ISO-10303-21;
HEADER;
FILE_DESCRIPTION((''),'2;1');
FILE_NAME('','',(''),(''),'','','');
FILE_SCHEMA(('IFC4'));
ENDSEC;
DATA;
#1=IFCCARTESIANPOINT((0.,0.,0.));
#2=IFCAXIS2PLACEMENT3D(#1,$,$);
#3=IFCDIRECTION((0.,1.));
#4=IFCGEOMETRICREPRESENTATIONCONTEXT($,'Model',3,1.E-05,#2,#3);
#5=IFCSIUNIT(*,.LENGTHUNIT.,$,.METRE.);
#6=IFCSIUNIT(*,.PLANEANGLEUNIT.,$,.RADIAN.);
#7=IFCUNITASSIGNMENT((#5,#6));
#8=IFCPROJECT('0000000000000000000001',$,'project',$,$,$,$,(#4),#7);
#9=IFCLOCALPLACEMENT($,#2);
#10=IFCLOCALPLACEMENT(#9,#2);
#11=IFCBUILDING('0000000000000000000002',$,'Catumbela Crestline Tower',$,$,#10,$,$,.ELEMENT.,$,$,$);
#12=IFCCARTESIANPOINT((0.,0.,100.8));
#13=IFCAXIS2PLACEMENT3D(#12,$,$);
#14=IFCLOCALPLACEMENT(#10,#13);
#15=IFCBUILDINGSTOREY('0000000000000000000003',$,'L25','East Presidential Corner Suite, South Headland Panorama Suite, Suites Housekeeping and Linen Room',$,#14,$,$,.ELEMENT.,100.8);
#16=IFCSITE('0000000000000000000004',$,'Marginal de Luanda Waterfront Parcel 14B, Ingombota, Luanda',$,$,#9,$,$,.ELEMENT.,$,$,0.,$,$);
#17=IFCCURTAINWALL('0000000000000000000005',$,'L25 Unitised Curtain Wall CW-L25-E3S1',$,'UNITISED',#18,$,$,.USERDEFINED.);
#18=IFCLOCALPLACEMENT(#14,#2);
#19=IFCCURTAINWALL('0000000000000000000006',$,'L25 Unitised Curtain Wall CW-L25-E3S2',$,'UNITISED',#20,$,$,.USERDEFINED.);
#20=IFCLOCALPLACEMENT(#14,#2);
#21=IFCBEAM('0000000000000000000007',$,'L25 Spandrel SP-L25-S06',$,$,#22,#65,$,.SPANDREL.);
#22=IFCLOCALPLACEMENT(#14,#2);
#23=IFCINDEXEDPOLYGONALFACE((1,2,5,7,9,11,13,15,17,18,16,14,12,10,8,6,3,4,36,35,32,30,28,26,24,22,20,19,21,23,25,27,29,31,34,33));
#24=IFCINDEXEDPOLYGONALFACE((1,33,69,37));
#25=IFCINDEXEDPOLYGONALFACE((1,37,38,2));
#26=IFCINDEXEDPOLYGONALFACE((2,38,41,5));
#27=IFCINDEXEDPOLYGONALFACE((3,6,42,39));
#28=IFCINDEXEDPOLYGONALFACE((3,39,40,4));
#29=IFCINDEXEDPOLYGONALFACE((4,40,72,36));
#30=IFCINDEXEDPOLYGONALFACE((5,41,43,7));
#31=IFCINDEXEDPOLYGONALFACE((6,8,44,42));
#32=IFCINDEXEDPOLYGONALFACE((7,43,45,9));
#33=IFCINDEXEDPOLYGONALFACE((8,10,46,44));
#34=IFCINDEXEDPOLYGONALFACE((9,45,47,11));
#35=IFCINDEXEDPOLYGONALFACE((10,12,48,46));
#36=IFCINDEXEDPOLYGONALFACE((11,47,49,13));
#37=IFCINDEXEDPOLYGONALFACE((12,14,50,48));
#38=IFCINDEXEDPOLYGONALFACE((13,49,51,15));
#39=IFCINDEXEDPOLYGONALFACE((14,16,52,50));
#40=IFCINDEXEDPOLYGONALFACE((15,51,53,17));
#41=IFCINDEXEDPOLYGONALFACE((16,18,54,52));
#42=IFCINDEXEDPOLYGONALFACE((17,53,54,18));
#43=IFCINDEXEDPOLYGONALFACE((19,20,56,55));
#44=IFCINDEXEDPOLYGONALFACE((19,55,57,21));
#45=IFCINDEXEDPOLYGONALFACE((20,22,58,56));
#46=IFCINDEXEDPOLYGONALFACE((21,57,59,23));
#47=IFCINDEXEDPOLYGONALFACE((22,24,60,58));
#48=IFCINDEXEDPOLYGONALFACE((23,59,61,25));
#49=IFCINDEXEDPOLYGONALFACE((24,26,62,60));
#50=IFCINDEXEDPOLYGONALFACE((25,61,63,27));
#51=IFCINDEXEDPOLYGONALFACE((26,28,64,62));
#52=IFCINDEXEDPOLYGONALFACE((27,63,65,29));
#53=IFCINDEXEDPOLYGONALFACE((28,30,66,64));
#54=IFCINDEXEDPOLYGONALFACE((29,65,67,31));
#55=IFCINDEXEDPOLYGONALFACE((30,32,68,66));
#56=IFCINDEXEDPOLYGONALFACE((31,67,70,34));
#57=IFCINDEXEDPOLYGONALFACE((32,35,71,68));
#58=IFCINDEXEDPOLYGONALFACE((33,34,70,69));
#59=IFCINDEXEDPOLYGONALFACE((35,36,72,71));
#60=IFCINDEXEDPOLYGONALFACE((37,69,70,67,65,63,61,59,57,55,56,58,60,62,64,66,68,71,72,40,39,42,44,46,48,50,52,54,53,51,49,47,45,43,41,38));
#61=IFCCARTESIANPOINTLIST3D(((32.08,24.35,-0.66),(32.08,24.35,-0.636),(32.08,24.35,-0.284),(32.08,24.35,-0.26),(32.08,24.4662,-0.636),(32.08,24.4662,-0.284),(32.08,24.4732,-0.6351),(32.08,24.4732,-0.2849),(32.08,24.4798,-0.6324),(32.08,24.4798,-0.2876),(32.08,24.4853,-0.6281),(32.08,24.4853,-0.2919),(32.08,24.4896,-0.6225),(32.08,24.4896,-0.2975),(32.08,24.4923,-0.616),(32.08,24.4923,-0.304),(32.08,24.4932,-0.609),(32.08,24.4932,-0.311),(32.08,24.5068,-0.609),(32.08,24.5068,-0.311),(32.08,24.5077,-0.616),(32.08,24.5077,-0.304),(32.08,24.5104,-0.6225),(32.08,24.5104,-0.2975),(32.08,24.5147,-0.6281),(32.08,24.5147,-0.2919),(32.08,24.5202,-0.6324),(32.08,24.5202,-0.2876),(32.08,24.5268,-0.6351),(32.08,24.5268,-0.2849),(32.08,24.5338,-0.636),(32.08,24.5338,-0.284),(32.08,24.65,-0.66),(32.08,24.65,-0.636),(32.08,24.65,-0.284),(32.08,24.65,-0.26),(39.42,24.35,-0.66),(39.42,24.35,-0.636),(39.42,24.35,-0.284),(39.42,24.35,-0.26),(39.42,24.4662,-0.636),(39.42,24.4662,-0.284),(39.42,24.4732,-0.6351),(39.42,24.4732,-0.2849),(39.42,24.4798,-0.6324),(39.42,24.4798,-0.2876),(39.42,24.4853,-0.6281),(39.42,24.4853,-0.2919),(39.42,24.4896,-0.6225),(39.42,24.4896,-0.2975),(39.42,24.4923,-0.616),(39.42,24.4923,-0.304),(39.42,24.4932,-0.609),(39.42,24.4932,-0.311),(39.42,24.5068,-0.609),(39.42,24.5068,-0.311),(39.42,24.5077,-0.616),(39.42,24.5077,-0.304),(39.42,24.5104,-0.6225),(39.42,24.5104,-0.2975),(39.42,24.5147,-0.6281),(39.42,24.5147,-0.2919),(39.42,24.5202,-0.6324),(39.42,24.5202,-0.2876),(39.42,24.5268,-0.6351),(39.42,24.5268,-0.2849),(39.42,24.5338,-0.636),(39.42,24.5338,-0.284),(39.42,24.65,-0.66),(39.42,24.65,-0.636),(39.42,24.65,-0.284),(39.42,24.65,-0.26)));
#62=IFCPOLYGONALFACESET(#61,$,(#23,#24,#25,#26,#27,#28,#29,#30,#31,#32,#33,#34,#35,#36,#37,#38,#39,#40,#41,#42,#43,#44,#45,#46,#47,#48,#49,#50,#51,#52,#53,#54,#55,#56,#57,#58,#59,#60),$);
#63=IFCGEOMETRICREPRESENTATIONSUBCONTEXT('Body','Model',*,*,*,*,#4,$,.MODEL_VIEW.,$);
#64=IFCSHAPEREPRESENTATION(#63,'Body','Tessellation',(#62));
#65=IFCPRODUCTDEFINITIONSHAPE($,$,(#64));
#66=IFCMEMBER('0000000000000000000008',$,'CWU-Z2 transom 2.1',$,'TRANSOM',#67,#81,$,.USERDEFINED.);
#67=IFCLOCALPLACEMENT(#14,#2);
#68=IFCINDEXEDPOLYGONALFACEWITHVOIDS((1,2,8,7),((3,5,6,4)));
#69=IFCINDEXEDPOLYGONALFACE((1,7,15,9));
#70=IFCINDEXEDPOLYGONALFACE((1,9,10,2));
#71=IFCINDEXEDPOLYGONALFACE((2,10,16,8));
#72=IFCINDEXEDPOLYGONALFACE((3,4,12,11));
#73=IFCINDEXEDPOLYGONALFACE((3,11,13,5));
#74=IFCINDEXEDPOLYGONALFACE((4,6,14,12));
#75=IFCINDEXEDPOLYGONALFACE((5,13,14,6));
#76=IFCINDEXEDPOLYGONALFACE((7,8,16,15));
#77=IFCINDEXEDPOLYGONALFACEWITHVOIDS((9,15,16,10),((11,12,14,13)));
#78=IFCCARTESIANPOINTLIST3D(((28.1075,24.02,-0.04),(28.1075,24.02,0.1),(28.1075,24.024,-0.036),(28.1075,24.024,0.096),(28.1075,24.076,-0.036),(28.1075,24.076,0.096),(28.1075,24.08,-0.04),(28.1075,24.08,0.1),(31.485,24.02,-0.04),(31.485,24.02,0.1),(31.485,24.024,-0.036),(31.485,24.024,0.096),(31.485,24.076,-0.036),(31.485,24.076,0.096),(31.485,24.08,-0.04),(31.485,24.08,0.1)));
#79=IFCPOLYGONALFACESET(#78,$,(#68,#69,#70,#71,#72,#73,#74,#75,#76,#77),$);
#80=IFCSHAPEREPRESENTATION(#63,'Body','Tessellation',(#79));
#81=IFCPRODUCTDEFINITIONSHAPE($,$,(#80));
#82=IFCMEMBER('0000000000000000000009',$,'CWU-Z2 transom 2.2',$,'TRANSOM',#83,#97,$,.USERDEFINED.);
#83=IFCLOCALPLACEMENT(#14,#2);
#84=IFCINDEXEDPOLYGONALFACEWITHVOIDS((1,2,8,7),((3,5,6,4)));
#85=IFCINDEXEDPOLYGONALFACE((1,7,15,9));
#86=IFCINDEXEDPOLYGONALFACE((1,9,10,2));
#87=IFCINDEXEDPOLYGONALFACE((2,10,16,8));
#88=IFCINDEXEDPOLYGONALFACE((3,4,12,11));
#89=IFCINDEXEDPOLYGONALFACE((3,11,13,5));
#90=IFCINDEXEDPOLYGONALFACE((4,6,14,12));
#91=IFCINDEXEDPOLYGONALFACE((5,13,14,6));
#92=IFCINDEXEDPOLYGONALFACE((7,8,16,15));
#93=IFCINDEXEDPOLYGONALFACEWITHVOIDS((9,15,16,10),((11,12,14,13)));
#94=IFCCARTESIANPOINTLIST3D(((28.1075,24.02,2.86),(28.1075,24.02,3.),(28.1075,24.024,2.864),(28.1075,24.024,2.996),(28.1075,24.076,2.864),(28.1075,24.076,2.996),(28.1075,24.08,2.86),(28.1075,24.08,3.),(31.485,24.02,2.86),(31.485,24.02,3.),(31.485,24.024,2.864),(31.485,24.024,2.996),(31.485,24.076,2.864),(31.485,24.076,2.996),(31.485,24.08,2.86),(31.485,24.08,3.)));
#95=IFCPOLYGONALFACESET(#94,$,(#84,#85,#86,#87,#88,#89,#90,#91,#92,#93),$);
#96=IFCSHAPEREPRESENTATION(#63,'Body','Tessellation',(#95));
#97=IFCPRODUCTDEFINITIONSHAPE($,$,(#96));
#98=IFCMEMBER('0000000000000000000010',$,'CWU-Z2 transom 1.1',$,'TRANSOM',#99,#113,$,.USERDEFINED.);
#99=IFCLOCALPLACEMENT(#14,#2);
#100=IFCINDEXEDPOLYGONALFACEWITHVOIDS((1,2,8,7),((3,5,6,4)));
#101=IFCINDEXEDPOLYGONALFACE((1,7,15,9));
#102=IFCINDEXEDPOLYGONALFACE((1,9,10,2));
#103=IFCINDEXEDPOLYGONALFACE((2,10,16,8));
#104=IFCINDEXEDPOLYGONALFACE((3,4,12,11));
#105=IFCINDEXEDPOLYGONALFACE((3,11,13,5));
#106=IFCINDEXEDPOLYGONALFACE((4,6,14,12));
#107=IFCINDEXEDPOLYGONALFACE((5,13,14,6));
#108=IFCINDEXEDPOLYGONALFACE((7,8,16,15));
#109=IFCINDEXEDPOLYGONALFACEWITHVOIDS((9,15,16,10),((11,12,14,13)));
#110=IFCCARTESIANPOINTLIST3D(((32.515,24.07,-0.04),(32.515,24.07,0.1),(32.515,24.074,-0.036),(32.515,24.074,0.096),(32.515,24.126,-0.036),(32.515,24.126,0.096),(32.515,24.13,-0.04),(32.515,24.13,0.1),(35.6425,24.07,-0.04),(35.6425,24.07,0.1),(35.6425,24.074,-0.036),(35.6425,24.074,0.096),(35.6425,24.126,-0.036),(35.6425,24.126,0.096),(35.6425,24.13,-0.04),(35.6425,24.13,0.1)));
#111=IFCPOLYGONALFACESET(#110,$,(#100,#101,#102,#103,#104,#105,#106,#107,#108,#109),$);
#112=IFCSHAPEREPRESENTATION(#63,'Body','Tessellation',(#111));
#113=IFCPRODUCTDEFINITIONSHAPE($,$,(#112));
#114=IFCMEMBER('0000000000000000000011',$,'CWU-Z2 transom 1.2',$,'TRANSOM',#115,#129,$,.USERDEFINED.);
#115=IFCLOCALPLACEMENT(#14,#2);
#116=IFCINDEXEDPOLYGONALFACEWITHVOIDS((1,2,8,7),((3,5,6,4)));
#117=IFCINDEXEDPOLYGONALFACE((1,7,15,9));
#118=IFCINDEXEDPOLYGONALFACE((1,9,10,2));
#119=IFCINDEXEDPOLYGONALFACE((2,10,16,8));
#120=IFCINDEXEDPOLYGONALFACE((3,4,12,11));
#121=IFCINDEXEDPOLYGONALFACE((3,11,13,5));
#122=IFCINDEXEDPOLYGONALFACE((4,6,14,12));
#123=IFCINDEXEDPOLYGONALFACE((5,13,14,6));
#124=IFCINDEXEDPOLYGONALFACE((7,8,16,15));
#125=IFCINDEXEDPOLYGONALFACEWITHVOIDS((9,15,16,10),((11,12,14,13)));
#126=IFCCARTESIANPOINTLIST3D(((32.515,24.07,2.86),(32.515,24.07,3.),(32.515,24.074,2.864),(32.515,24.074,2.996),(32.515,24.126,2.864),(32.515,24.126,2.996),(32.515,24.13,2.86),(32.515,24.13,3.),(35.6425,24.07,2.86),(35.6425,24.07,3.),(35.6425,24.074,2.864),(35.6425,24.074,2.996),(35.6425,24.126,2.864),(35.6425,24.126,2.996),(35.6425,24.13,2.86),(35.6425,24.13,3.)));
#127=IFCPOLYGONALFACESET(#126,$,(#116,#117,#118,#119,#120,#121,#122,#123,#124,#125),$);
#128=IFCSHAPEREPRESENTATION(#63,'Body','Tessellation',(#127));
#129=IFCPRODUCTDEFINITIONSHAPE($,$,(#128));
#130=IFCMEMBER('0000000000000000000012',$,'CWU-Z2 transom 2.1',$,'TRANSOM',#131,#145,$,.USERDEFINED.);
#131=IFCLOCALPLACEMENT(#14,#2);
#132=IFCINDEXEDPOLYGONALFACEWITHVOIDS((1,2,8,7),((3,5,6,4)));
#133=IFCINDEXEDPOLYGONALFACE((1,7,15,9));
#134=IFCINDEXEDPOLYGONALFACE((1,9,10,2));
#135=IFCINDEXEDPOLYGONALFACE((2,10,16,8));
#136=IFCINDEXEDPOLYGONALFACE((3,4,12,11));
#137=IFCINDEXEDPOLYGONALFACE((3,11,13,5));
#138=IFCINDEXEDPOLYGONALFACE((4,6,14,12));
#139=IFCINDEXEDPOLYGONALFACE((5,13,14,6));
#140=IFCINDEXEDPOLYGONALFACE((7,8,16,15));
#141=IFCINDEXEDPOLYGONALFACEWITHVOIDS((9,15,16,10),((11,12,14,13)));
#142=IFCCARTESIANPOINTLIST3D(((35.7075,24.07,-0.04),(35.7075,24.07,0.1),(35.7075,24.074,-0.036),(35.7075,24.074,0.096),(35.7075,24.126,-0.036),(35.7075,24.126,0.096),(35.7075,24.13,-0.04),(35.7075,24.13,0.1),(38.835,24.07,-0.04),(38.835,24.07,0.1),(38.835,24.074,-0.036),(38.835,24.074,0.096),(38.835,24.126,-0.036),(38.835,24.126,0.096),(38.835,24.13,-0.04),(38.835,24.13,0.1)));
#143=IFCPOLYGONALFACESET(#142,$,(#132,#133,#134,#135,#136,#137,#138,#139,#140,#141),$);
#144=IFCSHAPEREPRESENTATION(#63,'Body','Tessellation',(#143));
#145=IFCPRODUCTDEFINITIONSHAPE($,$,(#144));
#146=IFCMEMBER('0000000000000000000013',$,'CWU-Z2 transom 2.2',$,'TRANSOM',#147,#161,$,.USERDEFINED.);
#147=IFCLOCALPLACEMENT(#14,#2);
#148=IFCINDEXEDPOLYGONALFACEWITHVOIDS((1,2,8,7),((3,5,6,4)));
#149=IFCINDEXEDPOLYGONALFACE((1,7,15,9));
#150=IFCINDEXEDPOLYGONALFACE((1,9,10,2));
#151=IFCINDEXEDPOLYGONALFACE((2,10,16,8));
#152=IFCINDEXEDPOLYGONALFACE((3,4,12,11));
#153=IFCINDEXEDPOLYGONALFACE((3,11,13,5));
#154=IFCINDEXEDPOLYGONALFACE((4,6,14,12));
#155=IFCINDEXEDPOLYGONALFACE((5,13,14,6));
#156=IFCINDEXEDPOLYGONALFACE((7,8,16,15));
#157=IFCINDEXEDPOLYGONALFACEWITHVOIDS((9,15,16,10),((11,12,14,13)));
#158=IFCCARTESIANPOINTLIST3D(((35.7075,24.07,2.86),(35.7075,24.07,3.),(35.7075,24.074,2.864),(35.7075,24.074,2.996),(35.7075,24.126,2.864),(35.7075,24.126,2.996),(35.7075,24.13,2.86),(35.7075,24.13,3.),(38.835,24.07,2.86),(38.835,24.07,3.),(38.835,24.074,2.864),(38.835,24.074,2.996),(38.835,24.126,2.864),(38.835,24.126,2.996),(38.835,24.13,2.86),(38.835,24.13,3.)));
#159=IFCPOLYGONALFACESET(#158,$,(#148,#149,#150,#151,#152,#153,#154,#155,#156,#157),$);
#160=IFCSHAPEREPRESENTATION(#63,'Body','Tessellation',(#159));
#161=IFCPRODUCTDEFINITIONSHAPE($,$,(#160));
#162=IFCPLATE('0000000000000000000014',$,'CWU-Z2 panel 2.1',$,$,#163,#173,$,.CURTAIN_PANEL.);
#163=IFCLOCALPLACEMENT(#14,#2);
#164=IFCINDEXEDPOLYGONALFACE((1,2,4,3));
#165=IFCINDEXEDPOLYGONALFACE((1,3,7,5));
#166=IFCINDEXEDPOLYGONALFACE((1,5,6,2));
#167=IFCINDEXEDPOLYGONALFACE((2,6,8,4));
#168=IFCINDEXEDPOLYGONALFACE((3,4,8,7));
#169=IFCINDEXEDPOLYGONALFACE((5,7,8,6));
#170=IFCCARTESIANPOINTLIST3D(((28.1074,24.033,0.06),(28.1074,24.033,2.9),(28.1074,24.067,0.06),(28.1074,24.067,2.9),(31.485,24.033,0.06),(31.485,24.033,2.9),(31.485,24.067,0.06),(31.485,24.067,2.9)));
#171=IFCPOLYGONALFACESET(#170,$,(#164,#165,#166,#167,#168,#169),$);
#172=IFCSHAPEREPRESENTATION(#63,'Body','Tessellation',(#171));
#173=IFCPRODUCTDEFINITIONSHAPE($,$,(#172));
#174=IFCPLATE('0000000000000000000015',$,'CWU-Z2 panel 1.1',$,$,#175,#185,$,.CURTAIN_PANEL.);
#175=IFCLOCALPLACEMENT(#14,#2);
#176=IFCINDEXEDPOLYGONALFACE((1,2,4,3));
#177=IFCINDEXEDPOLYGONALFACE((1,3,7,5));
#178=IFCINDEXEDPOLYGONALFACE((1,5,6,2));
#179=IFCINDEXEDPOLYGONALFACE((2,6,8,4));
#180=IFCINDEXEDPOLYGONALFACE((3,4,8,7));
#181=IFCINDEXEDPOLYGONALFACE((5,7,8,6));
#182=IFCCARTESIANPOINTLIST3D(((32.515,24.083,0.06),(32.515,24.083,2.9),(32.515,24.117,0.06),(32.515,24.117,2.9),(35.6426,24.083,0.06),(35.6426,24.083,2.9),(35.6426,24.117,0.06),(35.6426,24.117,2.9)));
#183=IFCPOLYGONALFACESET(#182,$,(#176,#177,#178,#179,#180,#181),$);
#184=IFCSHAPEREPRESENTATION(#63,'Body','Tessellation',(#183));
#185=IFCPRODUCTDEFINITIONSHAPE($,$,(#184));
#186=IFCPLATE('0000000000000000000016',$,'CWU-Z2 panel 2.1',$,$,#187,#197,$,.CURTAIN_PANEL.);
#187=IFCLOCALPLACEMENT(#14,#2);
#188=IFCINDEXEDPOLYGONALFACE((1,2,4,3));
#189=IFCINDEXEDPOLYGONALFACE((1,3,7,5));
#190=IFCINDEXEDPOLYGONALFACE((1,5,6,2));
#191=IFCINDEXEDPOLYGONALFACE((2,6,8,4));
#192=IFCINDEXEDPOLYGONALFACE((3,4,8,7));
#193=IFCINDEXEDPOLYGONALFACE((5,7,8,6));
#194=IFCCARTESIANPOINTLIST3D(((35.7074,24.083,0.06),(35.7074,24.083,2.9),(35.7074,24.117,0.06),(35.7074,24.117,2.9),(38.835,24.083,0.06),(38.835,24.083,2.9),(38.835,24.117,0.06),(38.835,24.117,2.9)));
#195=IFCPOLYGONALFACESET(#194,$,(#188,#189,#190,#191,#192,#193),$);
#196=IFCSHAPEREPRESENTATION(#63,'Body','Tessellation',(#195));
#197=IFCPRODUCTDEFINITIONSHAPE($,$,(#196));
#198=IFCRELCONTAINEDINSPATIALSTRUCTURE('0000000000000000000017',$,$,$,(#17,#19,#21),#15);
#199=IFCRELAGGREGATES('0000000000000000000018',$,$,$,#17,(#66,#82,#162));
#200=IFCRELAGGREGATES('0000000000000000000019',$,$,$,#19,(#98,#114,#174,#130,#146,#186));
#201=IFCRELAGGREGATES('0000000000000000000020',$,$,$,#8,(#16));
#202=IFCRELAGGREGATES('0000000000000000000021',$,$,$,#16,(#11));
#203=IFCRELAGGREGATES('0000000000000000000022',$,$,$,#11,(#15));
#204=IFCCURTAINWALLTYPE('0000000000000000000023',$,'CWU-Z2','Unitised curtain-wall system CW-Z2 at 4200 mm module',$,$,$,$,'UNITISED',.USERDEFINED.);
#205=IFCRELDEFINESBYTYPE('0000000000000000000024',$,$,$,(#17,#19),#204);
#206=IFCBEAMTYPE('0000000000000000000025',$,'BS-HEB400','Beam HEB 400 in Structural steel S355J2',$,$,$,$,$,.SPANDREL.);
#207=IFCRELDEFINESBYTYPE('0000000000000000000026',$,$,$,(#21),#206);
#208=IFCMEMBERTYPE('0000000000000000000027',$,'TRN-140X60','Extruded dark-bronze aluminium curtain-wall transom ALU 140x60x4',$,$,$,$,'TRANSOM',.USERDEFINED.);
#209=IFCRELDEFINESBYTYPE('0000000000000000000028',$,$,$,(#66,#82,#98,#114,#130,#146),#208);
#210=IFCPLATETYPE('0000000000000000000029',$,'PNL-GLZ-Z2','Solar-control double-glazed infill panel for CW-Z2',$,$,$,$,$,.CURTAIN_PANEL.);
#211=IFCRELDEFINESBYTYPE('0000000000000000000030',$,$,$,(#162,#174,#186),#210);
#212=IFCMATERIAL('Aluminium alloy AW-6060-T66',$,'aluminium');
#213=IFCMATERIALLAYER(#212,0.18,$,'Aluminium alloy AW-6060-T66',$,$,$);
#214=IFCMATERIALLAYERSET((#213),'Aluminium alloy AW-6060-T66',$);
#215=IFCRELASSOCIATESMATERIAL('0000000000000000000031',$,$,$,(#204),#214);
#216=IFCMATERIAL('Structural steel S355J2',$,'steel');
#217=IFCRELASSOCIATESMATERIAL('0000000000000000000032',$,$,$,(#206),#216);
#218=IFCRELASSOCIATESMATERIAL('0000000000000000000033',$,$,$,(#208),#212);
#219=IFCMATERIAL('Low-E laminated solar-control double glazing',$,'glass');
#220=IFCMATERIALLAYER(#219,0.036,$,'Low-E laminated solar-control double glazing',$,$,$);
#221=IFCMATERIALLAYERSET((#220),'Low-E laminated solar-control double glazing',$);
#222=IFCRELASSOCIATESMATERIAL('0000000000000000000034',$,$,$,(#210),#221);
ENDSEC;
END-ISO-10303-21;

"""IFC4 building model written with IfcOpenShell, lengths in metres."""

from ifc_helpers import new_model, si_unit, direction, frame, origin, origin_2d, place, context, subcontext, project, spatial, rectangle, hollow_rectangle, i_section, extrude, material, layer, layer_set, material_profile, profile_set, type_object, element, aggregate, save


model = new_model("IFC4")

# Units and contexts
model_context = context("Model", 3, precision=1e-05, world=origin(), true_north=direction((0.0, 1.0)))
body_context = subcontext(model_context, "Body", "Model", "MODEL_VIEW")
ifc_project = project(units=[si_unit("LENGTHUNIT", "METRE"), si_unit("PLANEANGLEUNIT", "RADIAN")], contexts=[model_context])

# Site, building, storey
site_placement = place(None, origin())
site = spatial("IfcSite", under=ifc_project, at=site_placement, Name="Marginal de Luanda Waterfront Parcel 14B, Ingombota, Luanda", CompositionType="ELEMENT", RefElevation=0.0)
building_placement = place(site_placement, origin())
building = spatial("IfcBuilding", under=site, at=building_placement, Name="Catumbela Crestline Tower", CompositionType="ELEMENT")
storey_placement = place(building_placement, frame((0.0, 0.0, 100.8)))
storey = spatial("IfcBuildingStorey", under=building, at=storey_placement, Name="L25", Description="East Presidential Corner Suite, South Headland Panorama Suite, Suites Housekeeping and Linen Room", CompositionType="ELEMENT", Elevation=100.8)

# Shared definitions
ifc_material_1 = material(Name="Structural steel S355J2", Category="steel")

# Curtain wall
ifc_material_2 = material(Name="Aluminium alloy AW-6060-T66", Category="aluminium")
ifc_layer_1 = layer(ifc_material_2, 0.18, Name="Aluminium alloy AW-6060-T66")
ifc_layer_set_1 = layer_set([ifc_layer_1], Name="Aluminium alloy AW-6060-T66")
curtain_wall_type = type_object("IfcCurtainWallType", Name="CWU-Z2", Description="Unitised curtain-wall system CW-Z2 at 4200 mm module", ElementType="UNITISED", PredefinedType="USERDEFINED", material=ifc_layer_set_1)
curtain_wall_1_placement = place(storey_placement, origin())
curtain_wall_1 = element("IfcCurtainWall", 1, at=curtain_wall_1_placement, inside=storey, type_object=curtain_wall_type, Name="L25 Unitised Curtain Wall CW-L25-E3S1", ObjectType="UNITISED", PredefinedType="USERDEFINED")

# Curtain wall
curtain_wall_2_placement = place(storey_placement, origin())
curtain_wall_2 = element("IfcCurtainWall", 2, at=curtain_wall_2_placement, inside=storey, type_object=curtain_wall_type, Name="L25 Unitised Curtain Wall CW-L25-E3S2", ObjectType="UNITISED", PredefinedType="USERDEFINED")

# Beam
ifc_material_profile_1 = material_profile(ifc_material_1, i_section(OverallWidth=0.3, OverallDepth=0.4, WebThickness=0.0135, FlangeThickness=0.024, FilletRadius=0.027, at=origin_2d()), Name="HEB 400")
ifc_profile_set_1 = profile_set([ifc_material_profile_1], Name="Structural steel S355J2")
beam_type_1 = type_object("IfcBeamType", Name="BS-HEB400", Description="Beam HEB 400 in Structural steel S355J2", PredefinedType="SPANDREL", material=ifc_profile_set_1)
beam_placement = place(storey_placement, frame((32.08, 24.5, -0.46), z_axis=(1.0, 0.0, 0.0), x_axis=(0.0, 1.0, 0.0)))
element("IfcBeam", 3, at=beam_placement, inside=storey, type_object=beam_type_1, Name="L25 Spandrel SP-L25-S06", PredefinedType="SPANDREL", context=body_context, shape_type="SweptSolid", body=[
    extrude(i_section(OverallWidth=0.3, OverallDepth=0.4, WebThickness=0.0135, FlangeThickness=0.024, FilletRadius=0.027, at=origin_2d()), origin(), (0.0, 0.0, 1.0), 7.34),
])

# Members
ifc_material_profile_2 = material_profile(ifc_material_2, hollow_rectangle(XDim=0.06, YDim=0.14, WallThickness=0.004, at=origin_2d()), Name="ALU 140x60x4")
ifc_profile_set_2 = profile_set([ifc_material_profile_2], Name="Aluminium alloy AW-6060-T66")
member_type_1 = type_object("IfcMemberType", Name="TRN-140X60", Description="Extruded dark-bronze aluminium curtain-wall transom ALU 140x60x4", ElementType="TRANSOM", PredefinedType="USERDEFINED", material=ifc_profile_set_2)
member_1_placement = place(storey_placement, frame((28.1075, 24.05, 0.03), z_axis=(1.0, 0.0, 0.0), x_axis=(0.0, 1.0, 0.0)))
member_1 = element("IfcMember", 4, at=member_1_placement, type_object=member_type_1, Name="CWU-Z2 transom 2.1", ObjectType="TRANSOM", PredefinedType="USERDEFINED", context=body_context, shape_type="SweptSolid", body=[
    extrude(hollow_rectangle(XDim=0.06, YDim=0.14, WallThickness=0.004, at=origin_2d()), origin(), (0.0, 0.0, 1.0), 3.3775),
])
member_2_placement = place(storey_placement, frame((28.1075, 24.05, 2.93), z_axis=(1.0, 0.0, 0.0), x_axis=(0.0, 1.0, 0.0)))
member_2 = element("IfcMember", 5, at=member_2_placement, type_object=member_type_1, Name="CWU-Z2 transom 2.2", ObjectType="TRANSOM", PredefinedType="USERDEFINED", context=body_context, shape_type="SweptSolid", body=[
    extrude(hollow_rectangle(XDim=0.06, YDim=0.14, WallThickness=0.004, at=origin_2d()), origin(), (0.0, 0.0, 1.0), 3.3775),
])
member_3_placement = place(storey_placement, frame((32.515, 24.1, 0.03), z_axis=(1.0, 0.0, 0.0), x_axis=(0.0, 1.0, 0.0)))
member_3 = element("IfcMember", 6, at=member_3_placement, type_object=member_type_1, Name="CWU-Z2 transom 1.1", ObjectType="TRANSOM", PredefinedType="USERDEFINED", context=body_context, shape_type="SweptSolid", body=[
    extrude(hollow_rectangle(XDim=0.06, YDim=0.14, WallThickness=0.004, at=origin_2d()), origin(), (0.0, 0.0, 1.0), 3.1275),
])
member_4_placement = place(storey_placement, frame((32.515, 24.1, 2.93), z_axis=(1.0, 0.0, 0.0), x_axis=(0.0, 1.0, 0.0)))
member_4 = element("IfcMember", 7, at=member_4_placement, type_object=member_type_1, Name="CWU-Z2 transom 1.2", ObjectType="TRANSOM", PredefinedType="USERDEFINED", context=body_context, shape_type="SweptSolid", body=[
    extrude(hollow_rectangle(XDim=0.06, YDim=0.14, WallThickness=0.004, at=origin_2d()), origin(), (0.0, 0.0, 1.0), 3.1275),
])
member_5_placement = place(storey_placement, frame((35.7075, 24.1, 0.03), z_axis=(1.0, 0.0, 0.0), x_axis=(0.0, 1.0, 0.0)))
member_5 = element("IfcMember", 8, at=member_5_placement, type_object=member_type_1, Name="CWU-Z2 transom 2.1", ObjectType="TRANSOM", PredefinedType="USERDEFINED", context=body_context, shape_type="SweptSolid", body=[
    extrude(hollow_rectangle(XDim=0.06, YDim=0.14, WallThickness=0.004, at=origin_2d()), origin(), (0.0, 0.0, 1.0), 3.1275),
])
member_6_placement = place(storey_placement, frame((35.7075, 24.1, 2.93), z_axis=(1.0, 0.0, 0.0), x_axis=(0.0, 1.0, 0.0)))
member_6 = element("IfcMember", 9, at=member_6_placement, type_object=member_type_1, Name="CWU-Z2 transom 2.2", ObjectType="TRANSOM", PredefinedType="USERDEFINED", context=body_context, shape_type="SweptSolid", body=[
    extrude(hollow_rectangle(XDim=0.06, YDim=0.14, WallThickness=0.004, at=origin_2d()), origin(), (0.0, 0.0, 1.0), 3.1275),
])

# Plates
ifc_material_3 = material(Name="Low-E laminated solar-control double glazing", Category="glass")
ifc_layer_2 = layer(ifc_material_3, 0.036, Name="Low-E laminated solar-control double glazing")
ifc_layer_set_2 = layer_set([ifc_layer_2], Name="Low-E laminated solar-control double glazing")
plate_type = type_object("IfcPlateType", Name="PNL-GLZ-Z2", Description="Solar-control double-glazed infill panel for CW-Z2", PredefinedType="CURTAIN_PANEL", material=ifc_layer_set_2)
plate_1_placement = place(storey_placement, frame((29.7962, 24.05, 0.06), z_axis=(0.0, 0.0, 1.0), x_axis=(1.0, 0.0, 0.0)))
plate_1 = element("IfcPlate", 10, at=plate_1_placement, type_object=plate_type, Name="CWU-Z2 panel 2.1", PredefinedType="CURTAIN_PANEL", context=body_context, shape_type="SweptSolid", body=[
    extrude(rectangle(XDim=3.3775, YDim=0.034, at=origin_2d()), origin(), (0.0, 0.0, 1.0), 2.84),
])
aggregate(curtain_wall_1, [member_1, member_2, plate_1])
plate_2_placement = place(storey_placement, frame((34.0788, 24.1, 0.06), z_axis=(0.0, 0.0, 1.0), x_axis=(1.0, 0.0, 0.0)))
plate_2 = element("IfcPlate", 11, at=plate_2_placement, type_object=plate_type, Name="CWU-Z2 panel 1.1", PredefinedType="CURTAIN_PANEL", context=body_context, shape_type="SweptSolid", body=[
    extrude(rectangle(XDim=3.1275, YDim=0.034, at=origin_2d()), origin(), (0.0, 0.0, 1.0), 2.84),
])
plate_3_placement = place(storey_placement, frame((37.2712, 24.1, 0.06), z_axis=(0.0, 0.0, 1.0), x_axis=(1.0, 0.0, 0.0)))
plate_3 = element("IfcPlate", 12, at=plate_3_placement, type_object=plate_type, Name="CWU-Z2 panel 2.1", PredefinedType="CURTAIN_PANEL", context=body_context, shape_type="SweptSolid", body=[
    extrude(rectangle(XDim=3.1275, YDim=0.034, at=origin_2d()), origin(), (0.0, 0.0, 1.0), 2.84),
])
aggregate(curtain_wall_2, [member_3, member_4, plate_2, member_5, member_6, plate_3])

save(model, "model.ifc")
